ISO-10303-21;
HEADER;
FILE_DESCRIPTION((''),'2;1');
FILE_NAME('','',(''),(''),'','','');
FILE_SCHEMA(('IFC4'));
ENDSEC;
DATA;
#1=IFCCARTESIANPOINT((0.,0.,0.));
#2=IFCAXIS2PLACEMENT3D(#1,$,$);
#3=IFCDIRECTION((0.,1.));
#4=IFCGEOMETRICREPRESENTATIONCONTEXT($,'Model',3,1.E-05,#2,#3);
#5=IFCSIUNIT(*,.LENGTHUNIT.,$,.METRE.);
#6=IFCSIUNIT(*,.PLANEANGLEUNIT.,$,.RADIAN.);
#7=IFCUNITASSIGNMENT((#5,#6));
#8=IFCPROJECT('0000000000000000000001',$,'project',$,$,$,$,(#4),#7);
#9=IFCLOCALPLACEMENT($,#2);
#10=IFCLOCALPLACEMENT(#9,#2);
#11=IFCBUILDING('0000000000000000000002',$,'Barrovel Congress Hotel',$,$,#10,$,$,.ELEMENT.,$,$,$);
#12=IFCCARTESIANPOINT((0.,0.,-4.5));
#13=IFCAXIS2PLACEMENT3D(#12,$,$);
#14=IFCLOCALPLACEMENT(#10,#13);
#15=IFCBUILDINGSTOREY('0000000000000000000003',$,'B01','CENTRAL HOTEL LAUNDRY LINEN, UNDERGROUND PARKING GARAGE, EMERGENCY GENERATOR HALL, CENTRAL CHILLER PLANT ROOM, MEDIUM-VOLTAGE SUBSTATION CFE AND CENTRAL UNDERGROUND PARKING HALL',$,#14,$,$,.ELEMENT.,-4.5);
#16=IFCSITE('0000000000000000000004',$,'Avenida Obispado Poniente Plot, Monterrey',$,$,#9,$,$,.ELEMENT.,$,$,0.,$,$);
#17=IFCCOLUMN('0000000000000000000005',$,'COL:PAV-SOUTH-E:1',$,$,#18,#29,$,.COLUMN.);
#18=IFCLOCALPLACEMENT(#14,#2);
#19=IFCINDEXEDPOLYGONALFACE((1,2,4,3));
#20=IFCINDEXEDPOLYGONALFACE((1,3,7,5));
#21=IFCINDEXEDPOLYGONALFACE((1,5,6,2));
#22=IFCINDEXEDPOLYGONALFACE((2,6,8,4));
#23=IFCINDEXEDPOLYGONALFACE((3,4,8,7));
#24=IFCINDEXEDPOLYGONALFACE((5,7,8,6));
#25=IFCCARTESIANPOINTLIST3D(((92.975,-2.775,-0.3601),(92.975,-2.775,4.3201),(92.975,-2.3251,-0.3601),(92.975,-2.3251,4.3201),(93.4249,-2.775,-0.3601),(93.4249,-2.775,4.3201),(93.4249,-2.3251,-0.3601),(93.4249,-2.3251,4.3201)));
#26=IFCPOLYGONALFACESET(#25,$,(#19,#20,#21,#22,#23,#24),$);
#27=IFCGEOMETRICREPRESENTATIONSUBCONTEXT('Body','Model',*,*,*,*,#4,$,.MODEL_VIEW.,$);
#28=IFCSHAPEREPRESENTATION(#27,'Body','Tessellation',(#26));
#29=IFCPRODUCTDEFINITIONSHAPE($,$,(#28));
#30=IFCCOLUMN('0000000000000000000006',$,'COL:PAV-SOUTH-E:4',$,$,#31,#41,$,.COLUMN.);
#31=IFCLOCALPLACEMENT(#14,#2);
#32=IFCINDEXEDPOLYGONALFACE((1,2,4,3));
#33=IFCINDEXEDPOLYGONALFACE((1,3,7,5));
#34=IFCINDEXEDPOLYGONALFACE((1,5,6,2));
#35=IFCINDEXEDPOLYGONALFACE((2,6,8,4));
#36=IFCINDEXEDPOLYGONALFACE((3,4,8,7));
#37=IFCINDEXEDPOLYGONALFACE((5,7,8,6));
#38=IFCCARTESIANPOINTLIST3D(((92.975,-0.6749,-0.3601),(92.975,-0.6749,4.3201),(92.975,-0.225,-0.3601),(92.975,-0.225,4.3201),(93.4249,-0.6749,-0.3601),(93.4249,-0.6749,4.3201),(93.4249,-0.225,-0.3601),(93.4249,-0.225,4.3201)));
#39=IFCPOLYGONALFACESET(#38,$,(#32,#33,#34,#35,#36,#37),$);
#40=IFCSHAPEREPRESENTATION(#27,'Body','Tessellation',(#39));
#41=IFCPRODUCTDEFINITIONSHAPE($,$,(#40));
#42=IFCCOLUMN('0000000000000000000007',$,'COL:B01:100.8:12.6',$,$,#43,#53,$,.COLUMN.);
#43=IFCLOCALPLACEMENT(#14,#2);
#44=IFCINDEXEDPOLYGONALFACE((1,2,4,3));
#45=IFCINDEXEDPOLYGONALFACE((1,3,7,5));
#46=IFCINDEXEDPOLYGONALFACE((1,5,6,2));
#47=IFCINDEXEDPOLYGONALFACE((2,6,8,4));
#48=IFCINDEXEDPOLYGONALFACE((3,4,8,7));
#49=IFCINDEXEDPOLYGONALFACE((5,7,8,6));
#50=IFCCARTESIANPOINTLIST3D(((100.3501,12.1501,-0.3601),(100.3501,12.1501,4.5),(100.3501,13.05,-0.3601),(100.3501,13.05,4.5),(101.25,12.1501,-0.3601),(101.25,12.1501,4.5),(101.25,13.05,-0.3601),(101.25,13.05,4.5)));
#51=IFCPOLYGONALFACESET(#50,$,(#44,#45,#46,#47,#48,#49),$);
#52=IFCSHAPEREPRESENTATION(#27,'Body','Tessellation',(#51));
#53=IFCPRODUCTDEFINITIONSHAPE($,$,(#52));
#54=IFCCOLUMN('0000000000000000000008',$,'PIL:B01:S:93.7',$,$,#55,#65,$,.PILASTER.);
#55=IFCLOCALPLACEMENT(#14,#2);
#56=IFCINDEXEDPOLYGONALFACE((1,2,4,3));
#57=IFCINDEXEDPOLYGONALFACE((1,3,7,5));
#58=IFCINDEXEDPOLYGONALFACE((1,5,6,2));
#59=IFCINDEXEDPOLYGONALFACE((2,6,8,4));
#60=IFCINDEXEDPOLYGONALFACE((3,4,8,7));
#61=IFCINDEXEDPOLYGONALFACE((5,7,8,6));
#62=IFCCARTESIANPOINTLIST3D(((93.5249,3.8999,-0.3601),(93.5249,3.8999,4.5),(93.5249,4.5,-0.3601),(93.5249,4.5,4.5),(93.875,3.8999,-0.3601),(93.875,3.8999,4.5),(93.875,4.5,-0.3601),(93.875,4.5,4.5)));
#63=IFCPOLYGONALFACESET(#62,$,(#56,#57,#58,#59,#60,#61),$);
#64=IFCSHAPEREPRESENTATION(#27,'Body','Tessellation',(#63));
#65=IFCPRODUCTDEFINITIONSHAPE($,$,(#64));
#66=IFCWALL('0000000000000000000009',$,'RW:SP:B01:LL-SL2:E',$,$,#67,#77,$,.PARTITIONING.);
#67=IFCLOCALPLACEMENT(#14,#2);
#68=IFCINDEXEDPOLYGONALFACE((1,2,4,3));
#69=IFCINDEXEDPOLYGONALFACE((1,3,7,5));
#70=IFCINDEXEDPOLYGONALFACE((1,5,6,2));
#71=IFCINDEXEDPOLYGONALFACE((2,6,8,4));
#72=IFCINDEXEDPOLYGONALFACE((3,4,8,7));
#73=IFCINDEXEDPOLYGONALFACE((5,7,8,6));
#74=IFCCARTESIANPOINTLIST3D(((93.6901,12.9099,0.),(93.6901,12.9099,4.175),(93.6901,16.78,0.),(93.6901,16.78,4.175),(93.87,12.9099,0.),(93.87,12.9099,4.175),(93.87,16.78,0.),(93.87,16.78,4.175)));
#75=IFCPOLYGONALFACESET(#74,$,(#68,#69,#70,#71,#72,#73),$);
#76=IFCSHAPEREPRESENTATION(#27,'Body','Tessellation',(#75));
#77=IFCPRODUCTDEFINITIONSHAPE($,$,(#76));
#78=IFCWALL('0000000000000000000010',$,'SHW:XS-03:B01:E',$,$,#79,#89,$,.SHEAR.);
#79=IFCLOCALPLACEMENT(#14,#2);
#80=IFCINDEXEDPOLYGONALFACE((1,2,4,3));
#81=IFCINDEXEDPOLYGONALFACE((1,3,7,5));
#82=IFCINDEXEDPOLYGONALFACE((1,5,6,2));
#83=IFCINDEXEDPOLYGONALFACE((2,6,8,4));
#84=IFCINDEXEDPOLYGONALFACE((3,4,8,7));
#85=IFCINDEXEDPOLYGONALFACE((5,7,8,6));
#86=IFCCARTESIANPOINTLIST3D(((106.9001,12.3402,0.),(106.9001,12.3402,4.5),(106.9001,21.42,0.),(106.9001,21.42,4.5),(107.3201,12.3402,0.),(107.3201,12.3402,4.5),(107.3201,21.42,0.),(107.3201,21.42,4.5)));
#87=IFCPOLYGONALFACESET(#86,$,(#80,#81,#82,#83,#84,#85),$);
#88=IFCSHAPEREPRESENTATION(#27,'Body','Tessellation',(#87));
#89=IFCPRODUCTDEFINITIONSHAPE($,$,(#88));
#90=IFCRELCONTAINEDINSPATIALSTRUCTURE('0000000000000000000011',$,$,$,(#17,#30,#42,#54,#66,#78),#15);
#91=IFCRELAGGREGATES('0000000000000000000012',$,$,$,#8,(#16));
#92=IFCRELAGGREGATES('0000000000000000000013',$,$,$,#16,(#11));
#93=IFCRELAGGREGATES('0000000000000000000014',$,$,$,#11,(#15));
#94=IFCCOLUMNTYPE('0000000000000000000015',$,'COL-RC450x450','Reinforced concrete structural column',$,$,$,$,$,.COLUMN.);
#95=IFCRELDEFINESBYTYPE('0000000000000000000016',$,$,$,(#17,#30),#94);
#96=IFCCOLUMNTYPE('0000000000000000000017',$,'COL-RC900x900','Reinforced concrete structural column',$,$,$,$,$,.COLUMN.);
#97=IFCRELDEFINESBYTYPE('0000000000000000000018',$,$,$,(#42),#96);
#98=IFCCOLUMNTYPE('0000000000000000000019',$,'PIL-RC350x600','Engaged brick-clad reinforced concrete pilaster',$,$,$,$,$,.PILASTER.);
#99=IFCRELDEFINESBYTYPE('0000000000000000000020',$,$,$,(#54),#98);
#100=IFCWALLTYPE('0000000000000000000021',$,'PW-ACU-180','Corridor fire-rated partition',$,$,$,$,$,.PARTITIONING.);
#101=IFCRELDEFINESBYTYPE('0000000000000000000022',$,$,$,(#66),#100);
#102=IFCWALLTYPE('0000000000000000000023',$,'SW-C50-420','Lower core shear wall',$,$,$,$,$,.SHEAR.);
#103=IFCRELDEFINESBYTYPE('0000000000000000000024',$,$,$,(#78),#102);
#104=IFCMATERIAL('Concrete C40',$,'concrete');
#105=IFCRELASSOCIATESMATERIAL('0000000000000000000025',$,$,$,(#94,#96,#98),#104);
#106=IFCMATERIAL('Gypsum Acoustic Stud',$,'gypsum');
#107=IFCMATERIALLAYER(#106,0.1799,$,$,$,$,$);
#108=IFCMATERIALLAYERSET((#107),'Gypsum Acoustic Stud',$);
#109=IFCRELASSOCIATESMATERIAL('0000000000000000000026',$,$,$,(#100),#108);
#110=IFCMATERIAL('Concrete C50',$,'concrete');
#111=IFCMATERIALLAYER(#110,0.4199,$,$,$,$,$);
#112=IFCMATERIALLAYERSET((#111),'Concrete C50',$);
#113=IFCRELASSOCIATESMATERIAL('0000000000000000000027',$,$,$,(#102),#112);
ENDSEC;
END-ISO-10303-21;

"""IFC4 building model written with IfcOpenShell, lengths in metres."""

from ifc_helpers import new_model, si_unit, direction, frame, frame_2d, origin, origin_2d, place, context, subcontext, project, spatial, rectangle, extrude, material, layer, layer_set, material_profile, profile_set, type_object, element, save


model = new_model("IFC4")

# Units and contexts
model_context = context("Model", 3, precision=1e-05, world=origin(), true_north=direction((0.0, 1.0)))
body_context = subcontext(model_context, "Body", "Model", "MODEL_VIEW")
ifc_project = project(units=[si_unit("LENGTHUNIT", "METRE"), si_unit("PLANEANGLEUNIT", "RADIAN")], contexts=[model_context])

# Site, building, storey
site_placement = place(None, origin())
site = spatial("IfcSite", under=ifc_project, at=site_placement, Name="Avenida Obispado Poniente Plot, Monterrey", CompositionType="ELEMENT", RefElevation=0.0)
building_placement = place(site_placement, origin())
building = spatial("IfcBuilding", under=site, at=building_placement, Name="Barrovel Congress Hotel", CompositionType="ELEMENT")
storey_placement = place(building_placement, frame((0.0, 0.0, -4.5)))
storey = spatial("IfcBuildingStorey", under=building, at=storey_placement, Name="B01", Description="CENTRAL HOTEL LAUNDRY LINEN, UNDERGROUND PARKING GARAGE, EMERGENCY GENERATOR HALL, CENTRAL CHILLER PLANT ROOM, MEDIUM-VOLTAGE SUBSTATION CFE AND CENTRAL UNDERGROUND PARKING HALL", CompositionType="ELEMENT", Elevation=-4.5)

# Shared definitions
ifc_material_1 = material(Name="Concrete C40", Category="concrete")

# Columns
ifc_material_2 = material(Name="Concrete C50", Category="concrete")
ifc_material_profile_1 = material_profile(ifc_material_1, rectangle(XDim=0.45, YDim=0.45, at=origin_2d()), Name="RC450x450")
ifc_profile_set_1 = profile_set([ifc_material_profile_1], Name="Concrete C40")
column_type_1 = type_object("IfcColumnType", Name="COL-RC450x450", Description="Reinforced concrete structural column", PredefinedType="COLUMN", material=ifc_profile_set_1)
for number, where, z_axis, x_axis, name in (
    (1, (93.2, -2.55, -0.3601), (0.0, 0.0, 1.0), (1.0, 0.0, 0.0), "COL:PAV-SOUTH-E:1"),
    (2, (93.2, -0.45, -0.3601), (0.0, 0.0, 1.0), (1.0, 0.0, 0.0), "COL:PAV-SOUTH-E:4"),
):
    element("IfcColumn", number, at=place(storey_placement, frame(where, z_axis=z_axis, x_axis=x_axis)), inside=storey, type_object=column_type_1, Name=name, PredefinedType="COLUMN", context=body_context, shape_type="SweptSolid", body=[
        extrude(rectangle(XDim=0.45, YDim=0.45, at=origin_2d()), origin(), (0.0, 0.0, 1.0), 4.6802),
    ])
ifc_material_profile_2 = material_profile(ifc_material_1, rectangle(XDim=0.8999, YDim=0.8999, at=origin_2d()), Name="RC900x900")
ifc_profile_set_2 = profile_set([ifc_material_profile_2], Name="Concrete C40")
column_type_2 = type_object("IfcColumnType", Name="COL-RC900x900", Description="Reinforced concrete structural column", PredefinedType="COLUMN", material=ifc_profile_set_2)
column_1_placement = place(storey_placement, frame((100.8, 12.6001, -0.3601), z_axis=(0.0, 0.0, 1.0), x_axis=(1.0, 0.0, 0.0)))
element("IfcColumn", 3, at=column_1_placement, inside=storey, type_object=column_type_2, Name="COL:B01:100.8:12.6", PredefinedType="COLUMN", context=body_context, shape_type="SweptSolid", body=[
    extrude(rectangle(XDim=0.8999, YDim=0.8999, at=origin_2d()), origin(), (0.0, 0.0, 1.0), 4.8601),
])
ifc_material_profile_3 = material_profile(ifc_material_1, rectangle(XDim=0.3501, YDim=0.6001, at=origin_2d()), Name="RC350x600")
ifc_profile_set_3 = profile_set([ifc_material_profile_3], Name="Concrete C40")
column_type_3 = type_object("IfcColumnType", Name="PIL-RC350x600", Description="Engaged brick-clad reinforced concrete pilaster", PredefinedType="PILASTER", material=ifc_profile_set_3)
column_2_placement = place(storey_placement, frame((93.7, 4.2, -0.3601), z_axis=(0.0, 0.0, 1.0), x_axis=(1.0, 0.0, 0.0)))
element("IfcColumn", 4, at=column_2_placement, inside=storey, type_object=column_type_3, Name="PIL:B01:S:93.7", PredefinedType="PILASTER", context=body_context, shape_type="SweptSolid", body=[
    extrude(rectangle(XDim=0.3501, YDim=0.6001, at=origin_2d()), origin(), (0.0, 0.0, 1.0), 4.8601),
])

# Wall
ifc_material_3 = material(Name="Gypsum Acoustic Stud", Category="gypsum")
ifc_layer_1 = layer(ifc_material_3, 0.1799)
ifc_layer_set_1 = layer_set([ifc_layer_1], Name="Gypsum Acoustic Stud")
wall_type_1 = type_object("IfcWallType", Name="PW-ACU-180", Description="Corridor fire-rated partition", PredefinedType="PARTITIONING", material=ifc_layer_set_1)
wall_1_placement = place(storey_placement, frame((93.78, 12.9099, 0.0), z_axis=(0.0, 0.0, 1.0), x_axis=(0.0, 1.0, 0.0)))
element("IfcWall", 5, at=wall_1_placement, inside=storey, type_object=wall_type_1, Name="RW:SP:B01:LL-SL2:E", PredefinedType="PARTITIONING", context=body_context, shape_type="SweptSolid", body=[
    extrude(rectangle(XDim=3.8701, YDim=0.1799, at=frame_2d((1.9351, 0.0))), origin(), (0.0, 0.0, 1.0), 4.175),
])

# Shared definitions
ifc_layer_2 = layer(ifc_material_2, 0.4199)
ifc_layer_set_2 = layer_set([ifc_layer_2], Name="Concrete C50")
wall_type_2 = type_object("IfcWallType", Name="SW-C50-420", Description="Lower core shear wall", PredefinedType="SHEAR", material=ifc_layer_set_2)

# Wall
wall_2_placement = place(storey_placement, frame((107.1101, 12.3401, 0.0), z_axis=(0.0, 0.0, 1.0), x_axis=(0.0, 1.0, 0.0)))
element("IfcWall", 6, at=wall_2_placement, inside=storey, type_object=wall_type_2, Name="SHW:XS-03:B01:E", PredefinedType="SHEAR", context=body_context, shape_type="SweptSolid", body=[
    extrude(rectangle(XDim=9.0798, YDim=0.4199, at=frame_2d((4.54, 0.0))), origin(), (0.0, 0.0, 1.0), 4.5),
])

save(model, "model.ifc")
